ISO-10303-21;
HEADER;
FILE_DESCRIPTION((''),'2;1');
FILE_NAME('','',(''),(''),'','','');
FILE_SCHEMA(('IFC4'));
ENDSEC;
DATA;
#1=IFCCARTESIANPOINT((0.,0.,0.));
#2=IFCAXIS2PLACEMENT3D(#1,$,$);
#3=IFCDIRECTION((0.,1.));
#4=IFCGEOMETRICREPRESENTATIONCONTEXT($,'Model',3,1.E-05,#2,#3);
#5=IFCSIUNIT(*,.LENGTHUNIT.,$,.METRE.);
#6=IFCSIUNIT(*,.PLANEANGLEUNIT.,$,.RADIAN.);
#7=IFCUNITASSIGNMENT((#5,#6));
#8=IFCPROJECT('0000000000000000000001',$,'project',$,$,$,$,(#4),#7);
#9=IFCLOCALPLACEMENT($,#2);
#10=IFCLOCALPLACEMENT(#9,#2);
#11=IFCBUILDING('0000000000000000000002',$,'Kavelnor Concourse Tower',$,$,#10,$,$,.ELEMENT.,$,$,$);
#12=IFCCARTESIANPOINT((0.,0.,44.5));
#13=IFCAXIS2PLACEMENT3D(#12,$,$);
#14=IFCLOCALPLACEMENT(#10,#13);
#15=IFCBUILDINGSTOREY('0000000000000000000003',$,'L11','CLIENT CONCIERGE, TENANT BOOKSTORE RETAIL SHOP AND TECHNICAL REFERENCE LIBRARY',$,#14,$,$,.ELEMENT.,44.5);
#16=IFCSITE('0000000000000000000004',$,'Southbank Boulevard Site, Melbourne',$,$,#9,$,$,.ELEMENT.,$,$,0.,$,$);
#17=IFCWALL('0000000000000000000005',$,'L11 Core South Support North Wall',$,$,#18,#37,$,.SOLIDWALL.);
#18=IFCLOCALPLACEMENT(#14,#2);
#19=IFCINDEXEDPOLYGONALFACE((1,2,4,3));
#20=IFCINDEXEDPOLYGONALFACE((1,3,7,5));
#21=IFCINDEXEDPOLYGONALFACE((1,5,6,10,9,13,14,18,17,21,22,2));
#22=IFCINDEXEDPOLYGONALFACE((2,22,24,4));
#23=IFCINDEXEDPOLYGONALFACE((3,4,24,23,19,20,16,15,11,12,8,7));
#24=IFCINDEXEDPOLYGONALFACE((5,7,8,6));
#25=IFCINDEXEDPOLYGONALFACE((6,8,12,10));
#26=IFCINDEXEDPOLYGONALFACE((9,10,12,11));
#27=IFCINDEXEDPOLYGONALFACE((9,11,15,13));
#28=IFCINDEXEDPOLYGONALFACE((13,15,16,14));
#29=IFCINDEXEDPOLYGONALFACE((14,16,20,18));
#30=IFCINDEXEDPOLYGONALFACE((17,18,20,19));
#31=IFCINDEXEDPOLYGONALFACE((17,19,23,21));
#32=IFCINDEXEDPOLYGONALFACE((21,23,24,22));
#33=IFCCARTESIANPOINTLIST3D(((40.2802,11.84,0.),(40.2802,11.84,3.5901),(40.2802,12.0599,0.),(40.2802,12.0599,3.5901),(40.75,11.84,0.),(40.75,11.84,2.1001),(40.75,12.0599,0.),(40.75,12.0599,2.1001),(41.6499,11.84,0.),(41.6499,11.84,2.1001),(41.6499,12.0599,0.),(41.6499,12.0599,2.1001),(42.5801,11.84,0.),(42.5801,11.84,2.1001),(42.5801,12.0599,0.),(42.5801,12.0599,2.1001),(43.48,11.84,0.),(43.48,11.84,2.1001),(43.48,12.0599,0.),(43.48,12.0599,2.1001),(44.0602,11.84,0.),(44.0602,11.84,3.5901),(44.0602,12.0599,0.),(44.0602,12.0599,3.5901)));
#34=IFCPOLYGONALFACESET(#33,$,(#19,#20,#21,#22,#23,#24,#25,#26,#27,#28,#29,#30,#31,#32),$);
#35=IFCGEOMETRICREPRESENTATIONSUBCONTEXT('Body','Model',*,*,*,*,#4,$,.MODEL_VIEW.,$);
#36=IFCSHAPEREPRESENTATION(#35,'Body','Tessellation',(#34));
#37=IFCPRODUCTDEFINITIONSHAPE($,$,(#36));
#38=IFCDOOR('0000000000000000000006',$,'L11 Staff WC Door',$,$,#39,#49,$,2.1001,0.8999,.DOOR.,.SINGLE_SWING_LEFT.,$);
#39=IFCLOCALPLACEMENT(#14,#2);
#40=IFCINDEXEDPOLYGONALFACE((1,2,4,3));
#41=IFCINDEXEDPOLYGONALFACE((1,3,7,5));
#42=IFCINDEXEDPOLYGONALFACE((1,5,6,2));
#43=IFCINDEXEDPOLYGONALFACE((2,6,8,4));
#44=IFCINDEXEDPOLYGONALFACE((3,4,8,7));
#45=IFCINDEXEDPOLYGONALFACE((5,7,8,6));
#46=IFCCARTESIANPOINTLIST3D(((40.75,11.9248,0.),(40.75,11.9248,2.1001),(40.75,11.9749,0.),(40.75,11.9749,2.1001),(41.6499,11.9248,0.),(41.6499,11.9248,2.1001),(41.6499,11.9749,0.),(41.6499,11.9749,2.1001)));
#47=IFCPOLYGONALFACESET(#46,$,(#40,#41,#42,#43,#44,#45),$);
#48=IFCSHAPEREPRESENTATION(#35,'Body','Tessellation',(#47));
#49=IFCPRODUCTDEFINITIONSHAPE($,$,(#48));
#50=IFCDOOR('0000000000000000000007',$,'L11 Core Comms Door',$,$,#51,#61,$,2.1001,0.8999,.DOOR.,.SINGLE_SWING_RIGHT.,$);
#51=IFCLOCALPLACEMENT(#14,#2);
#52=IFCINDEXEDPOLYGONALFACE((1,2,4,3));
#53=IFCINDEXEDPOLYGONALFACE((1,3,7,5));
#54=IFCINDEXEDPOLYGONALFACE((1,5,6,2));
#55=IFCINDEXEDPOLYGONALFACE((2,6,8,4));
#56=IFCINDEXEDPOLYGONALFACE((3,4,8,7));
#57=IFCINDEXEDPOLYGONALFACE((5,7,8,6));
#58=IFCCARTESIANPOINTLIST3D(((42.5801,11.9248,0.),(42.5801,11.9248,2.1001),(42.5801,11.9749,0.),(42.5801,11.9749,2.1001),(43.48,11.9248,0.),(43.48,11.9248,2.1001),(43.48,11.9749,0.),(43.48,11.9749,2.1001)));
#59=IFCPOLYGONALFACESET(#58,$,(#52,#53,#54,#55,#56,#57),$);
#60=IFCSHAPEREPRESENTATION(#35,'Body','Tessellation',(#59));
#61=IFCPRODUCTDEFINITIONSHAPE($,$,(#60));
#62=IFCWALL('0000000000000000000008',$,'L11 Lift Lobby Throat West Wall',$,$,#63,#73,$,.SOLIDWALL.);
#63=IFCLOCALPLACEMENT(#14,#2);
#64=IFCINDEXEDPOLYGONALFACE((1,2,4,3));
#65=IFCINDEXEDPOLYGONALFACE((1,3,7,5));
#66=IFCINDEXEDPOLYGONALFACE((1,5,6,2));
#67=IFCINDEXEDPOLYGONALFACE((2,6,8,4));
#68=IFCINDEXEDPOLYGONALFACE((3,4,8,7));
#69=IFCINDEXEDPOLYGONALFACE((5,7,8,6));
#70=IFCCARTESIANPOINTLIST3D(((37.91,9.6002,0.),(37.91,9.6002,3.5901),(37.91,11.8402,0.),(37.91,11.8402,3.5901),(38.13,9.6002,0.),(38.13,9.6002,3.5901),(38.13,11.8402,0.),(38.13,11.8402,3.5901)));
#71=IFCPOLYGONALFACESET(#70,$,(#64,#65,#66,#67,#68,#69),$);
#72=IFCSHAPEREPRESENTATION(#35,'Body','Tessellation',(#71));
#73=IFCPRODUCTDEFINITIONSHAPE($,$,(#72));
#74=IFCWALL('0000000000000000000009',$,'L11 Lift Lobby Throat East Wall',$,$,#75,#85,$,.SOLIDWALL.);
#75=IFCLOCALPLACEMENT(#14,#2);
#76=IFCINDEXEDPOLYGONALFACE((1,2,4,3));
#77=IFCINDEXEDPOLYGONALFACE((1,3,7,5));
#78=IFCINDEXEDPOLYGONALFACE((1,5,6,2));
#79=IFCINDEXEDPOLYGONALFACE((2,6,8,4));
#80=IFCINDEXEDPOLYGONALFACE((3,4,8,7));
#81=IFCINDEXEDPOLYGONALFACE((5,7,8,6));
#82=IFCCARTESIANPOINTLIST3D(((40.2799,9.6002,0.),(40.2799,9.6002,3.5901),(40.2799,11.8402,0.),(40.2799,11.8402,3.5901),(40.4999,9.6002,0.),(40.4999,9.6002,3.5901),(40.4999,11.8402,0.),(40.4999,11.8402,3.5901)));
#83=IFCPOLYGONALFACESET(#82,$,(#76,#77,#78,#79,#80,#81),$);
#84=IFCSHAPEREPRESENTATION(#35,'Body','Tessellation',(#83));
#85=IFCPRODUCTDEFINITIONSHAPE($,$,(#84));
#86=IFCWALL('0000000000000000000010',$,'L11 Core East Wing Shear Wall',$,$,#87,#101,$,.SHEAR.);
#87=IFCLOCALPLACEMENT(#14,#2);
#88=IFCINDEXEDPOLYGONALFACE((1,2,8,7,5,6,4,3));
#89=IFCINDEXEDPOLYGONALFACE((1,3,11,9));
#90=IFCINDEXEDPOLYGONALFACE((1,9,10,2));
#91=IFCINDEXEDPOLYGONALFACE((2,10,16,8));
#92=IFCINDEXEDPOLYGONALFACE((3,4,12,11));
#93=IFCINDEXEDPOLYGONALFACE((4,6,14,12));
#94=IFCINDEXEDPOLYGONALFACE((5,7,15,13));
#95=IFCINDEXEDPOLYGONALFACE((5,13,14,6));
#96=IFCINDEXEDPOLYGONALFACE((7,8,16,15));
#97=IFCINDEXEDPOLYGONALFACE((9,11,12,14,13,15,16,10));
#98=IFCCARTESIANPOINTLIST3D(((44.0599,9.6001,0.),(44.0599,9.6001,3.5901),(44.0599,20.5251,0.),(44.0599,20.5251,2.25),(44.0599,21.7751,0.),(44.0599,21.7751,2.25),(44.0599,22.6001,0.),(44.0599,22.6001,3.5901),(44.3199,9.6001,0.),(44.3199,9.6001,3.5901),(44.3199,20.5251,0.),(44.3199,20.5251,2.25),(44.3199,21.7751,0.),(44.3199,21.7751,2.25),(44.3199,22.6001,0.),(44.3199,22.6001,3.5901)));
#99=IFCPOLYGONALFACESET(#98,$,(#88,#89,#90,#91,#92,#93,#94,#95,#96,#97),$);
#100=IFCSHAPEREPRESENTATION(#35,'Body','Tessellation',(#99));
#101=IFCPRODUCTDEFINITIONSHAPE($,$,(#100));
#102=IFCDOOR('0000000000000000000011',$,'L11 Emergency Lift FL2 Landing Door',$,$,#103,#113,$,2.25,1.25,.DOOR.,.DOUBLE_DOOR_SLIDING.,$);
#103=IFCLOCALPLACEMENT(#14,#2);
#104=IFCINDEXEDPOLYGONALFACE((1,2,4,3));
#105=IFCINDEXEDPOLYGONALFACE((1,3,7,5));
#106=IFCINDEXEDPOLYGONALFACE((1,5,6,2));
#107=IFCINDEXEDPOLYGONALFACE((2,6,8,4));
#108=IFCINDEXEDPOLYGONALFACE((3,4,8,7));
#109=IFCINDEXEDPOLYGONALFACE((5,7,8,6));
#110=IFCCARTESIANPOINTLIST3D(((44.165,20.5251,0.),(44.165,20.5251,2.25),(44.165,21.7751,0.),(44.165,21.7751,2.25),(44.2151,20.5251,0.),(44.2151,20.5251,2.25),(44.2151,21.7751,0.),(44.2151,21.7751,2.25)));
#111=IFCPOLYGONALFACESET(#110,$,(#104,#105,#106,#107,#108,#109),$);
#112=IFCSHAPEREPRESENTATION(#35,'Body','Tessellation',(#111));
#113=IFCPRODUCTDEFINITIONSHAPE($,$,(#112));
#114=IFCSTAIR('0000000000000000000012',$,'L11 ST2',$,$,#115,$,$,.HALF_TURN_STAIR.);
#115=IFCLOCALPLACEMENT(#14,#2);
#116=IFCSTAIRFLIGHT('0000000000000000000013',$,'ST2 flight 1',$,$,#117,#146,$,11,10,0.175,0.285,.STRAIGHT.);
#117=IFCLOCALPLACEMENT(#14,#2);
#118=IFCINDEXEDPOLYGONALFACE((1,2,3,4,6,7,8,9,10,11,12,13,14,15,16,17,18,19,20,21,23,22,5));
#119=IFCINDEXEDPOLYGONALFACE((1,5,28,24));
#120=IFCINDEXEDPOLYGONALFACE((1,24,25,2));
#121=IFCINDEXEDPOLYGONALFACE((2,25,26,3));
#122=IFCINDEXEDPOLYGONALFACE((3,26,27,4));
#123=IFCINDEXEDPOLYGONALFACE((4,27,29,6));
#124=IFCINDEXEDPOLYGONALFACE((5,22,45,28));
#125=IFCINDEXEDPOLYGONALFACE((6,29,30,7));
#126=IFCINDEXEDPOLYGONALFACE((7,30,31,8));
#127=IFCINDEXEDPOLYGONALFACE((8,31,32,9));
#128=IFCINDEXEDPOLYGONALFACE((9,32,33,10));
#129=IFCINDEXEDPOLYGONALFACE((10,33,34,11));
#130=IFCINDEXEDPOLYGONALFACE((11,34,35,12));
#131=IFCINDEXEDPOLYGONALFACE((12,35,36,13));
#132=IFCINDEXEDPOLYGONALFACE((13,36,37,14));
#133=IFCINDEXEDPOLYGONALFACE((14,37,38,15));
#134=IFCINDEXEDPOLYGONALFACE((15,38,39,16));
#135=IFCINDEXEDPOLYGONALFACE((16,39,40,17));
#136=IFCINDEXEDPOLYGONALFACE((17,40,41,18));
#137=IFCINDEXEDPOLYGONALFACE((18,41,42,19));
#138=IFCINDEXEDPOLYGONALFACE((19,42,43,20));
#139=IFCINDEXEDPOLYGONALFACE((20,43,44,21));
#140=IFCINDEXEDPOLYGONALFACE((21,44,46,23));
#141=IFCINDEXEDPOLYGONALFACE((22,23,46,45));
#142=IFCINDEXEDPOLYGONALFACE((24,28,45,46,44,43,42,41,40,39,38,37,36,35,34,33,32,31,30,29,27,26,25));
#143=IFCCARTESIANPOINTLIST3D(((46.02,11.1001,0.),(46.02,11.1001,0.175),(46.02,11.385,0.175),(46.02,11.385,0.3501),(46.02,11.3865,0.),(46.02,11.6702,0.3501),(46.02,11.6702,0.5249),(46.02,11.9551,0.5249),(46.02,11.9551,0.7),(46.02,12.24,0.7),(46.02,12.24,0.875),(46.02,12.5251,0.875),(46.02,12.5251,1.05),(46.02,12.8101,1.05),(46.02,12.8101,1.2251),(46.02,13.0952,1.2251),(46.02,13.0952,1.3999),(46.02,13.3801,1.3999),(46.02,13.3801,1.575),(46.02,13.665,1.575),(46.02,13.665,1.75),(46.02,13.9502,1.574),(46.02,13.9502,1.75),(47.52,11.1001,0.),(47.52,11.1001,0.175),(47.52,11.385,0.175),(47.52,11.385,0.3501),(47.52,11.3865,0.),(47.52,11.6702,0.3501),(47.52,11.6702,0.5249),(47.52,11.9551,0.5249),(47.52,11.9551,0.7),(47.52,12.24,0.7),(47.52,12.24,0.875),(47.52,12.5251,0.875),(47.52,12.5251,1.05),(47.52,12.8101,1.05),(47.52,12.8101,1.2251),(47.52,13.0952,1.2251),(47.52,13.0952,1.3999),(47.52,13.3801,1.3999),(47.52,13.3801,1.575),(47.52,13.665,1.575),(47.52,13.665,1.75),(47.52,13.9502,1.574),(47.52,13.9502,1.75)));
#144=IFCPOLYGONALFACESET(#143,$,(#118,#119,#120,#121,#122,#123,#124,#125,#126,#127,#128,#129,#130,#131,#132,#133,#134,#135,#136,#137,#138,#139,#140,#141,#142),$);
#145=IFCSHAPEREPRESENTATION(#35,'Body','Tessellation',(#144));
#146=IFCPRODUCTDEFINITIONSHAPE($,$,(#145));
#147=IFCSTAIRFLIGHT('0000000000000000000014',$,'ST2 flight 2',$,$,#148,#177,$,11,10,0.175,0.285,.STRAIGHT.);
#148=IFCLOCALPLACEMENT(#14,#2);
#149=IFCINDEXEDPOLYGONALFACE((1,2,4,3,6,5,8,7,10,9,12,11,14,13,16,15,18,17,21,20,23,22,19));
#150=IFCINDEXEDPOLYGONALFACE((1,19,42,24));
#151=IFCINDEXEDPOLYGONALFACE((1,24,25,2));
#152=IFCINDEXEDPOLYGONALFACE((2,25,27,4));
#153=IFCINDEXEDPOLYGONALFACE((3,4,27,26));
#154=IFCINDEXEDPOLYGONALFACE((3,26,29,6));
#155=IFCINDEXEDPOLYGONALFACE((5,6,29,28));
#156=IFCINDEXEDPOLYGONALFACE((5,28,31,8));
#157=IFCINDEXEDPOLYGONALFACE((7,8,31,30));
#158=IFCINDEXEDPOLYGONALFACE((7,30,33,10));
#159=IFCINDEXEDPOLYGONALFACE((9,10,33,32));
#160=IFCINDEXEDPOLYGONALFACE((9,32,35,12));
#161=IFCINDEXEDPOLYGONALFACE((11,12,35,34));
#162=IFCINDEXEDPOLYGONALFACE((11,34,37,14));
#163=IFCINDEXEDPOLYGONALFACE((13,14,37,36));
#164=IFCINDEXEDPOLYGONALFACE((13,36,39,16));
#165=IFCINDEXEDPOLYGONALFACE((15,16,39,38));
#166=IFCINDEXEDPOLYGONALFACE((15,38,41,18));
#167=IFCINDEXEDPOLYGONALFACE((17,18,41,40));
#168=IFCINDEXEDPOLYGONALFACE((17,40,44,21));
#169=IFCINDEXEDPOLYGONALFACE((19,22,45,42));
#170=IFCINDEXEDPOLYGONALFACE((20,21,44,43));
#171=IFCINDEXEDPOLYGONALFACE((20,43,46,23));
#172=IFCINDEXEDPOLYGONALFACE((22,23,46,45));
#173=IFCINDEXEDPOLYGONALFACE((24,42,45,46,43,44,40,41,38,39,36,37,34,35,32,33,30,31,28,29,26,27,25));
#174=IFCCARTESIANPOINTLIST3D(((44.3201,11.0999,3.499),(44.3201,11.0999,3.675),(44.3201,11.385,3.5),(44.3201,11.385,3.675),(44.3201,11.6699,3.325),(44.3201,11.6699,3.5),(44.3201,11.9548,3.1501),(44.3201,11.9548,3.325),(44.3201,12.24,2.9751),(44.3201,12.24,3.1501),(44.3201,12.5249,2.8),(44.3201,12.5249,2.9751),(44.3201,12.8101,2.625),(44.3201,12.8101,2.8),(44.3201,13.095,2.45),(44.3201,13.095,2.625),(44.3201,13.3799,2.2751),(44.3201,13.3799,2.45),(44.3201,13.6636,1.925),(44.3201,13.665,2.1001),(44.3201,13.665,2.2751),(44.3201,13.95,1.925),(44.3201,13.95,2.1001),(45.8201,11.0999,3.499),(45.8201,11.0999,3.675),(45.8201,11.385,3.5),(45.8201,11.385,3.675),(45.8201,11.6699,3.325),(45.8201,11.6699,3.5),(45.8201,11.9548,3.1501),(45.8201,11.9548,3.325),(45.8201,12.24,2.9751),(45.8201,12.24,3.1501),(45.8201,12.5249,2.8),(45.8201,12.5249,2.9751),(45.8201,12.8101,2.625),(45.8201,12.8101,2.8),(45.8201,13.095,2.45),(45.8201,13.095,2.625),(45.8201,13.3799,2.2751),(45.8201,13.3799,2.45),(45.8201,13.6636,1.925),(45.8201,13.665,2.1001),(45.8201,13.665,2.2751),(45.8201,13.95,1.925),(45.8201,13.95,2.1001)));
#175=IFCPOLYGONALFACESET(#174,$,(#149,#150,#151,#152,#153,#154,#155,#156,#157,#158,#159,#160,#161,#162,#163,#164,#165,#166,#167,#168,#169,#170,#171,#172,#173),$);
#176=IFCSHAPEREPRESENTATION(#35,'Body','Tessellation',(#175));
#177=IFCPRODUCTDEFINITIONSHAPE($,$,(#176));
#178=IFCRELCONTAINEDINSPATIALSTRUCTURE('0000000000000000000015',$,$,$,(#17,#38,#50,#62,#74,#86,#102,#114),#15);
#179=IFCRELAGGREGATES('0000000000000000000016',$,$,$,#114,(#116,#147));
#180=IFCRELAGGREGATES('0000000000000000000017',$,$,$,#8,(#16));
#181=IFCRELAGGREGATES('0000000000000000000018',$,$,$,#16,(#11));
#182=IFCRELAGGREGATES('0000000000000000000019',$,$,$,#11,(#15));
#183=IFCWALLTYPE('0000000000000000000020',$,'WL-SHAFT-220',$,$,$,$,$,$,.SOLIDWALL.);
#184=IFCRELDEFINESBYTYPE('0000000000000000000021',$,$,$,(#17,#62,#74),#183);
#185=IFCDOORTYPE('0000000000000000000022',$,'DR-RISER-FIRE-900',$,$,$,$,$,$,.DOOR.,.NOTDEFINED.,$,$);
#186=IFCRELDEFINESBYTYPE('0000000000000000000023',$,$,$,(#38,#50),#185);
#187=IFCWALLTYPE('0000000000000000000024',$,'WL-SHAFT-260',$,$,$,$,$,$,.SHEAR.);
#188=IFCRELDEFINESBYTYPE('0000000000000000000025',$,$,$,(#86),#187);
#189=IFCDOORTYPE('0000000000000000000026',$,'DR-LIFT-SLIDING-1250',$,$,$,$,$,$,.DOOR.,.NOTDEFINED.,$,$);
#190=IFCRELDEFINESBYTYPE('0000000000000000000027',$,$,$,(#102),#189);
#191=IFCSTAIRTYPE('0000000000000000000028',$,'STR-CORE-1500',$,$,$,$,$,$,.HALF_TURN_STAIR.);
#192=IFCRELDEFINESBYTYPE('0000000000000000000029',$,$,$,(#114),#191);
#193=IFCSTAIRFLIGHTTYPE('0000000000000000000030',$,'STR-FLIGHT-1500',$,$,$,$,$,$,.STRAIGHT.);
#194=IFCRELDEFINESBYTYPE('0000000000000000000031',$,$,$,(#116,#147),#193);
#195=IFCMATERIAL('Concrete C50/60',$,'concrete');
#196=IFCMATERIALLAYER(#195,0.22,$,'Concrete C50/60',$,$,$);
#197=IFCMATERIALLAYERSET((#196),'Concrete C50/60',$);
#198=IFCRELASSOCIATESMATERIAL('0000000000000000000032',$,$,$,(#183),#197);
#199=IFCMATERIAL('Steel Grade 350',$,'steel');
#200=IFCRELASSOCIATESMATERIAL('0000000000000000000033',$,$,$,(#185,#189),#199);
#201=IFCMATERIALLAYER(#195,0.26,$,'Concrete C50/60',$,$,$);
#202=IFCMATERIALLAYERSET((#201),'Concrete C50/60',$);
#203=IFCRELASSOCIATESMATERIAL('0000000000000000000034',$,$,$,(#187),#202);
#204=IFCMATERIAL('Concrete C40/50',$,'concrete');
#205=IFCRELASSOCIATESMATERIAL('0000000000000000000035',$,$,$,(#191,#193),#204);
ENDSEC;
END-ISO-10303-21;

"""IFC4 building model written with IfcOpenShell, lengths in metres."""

from ifc_helpers import new_model, si_unit, direction, frame, frame_2d, origin, place, context, subcontext, project, spatial, polyline, rectangle, outline, extrude, material, layer, layer_set, type_object, element, fill, aggregate, save


model = new_model("IFC4")

# Units and contexts
model_context = context("Model", 3, precision=1e-05, world=origin(), true_north=direction((0.0, 1.0)))
body_context = subcontext(model_context, "Body", "Model", "MODEL_VIEW")
ifc_project = project(units=[si_unit("LENGTHUNIT", "METRE"), si_unit("PLANEANGLEUNIT", "RADIAN")], contexts=[model_context])

# Site, building, storey
site_placement = place(None, origin())
site = spatial("IfcSite", under=ifc_project, at=site_placement, Name="Southbank Boulevard Site, Melbourne", CompositionType="ELEMENT", RefElevation=0.0)
building_placement = place(site_placement, origin())
building = spatial("IfcBuilding", under=site, at=building_placement, Name="Kavelnor Concourse Tower", CompositionType="ELEMENT")
storey_placement = place(building_placement, frame((0.0, 0.0, 44.5)))
storey = spatial("IfcBuildingStorey", under=building, at=storey_placement, Name="L11", Description="CLIENT CONCIERGE, TENANT BOOKSTORE RETAIL SHOP AND TECHNICAL REFERENCE LIBRARY", CompositionType="ELEMENT", Elevation=44.5)

# Shared definitions
ifc_material_1 = material(Name="Steel Grade 350", Category="steel")

# Wall, openings, doors
ifc_material_2 = material(Name="Concrete C50/60", Category="concrete")
ifc_layer_1 = layer(ifc_material_2, 0.22, Name="Concrete C50/60")
ifc_layer_set_1 = layer_set([ifc_layer_1], Name="Concrete C50/60")
wall_type_1 = type_object("IfcWallType", Name="WL-SHAFT-220", PredefinedType="SOLIDWALL", material=ifc_layer_set_1)
wall_1_placement = place(storey_placement, frame((40.28, 11.95, 0.0), z_axis=(0.0, 0.0, 1.0), x_axis=(1.0, 0.0, 0.0)))
wall_1 = element("IfcWall", 1, at=wall_1_placement, inside=storey, type_object=wall_type_1, Name="L11 Core South Support North Wall", PredefinedType="SOLIDWALL", context=body_context, shape_type="SweptSolid", body=[
    extrude(rectangle(XDim=3.78, YDim=0.22, at=frame_2d((1.8901, 0.0))), origin(), (0.0, 0.0, 1.0), 3.5901),
])
opening_1_placement = place(wall_1_placement, frame((0.47, 0.0, 0.0)))
opening_1 = element("IfcOpeningElement", 2, at=opening_1_placement, cuts=wall_1, PredefinedType="OPENING", context=body_context, shape_type="SweptSolid", body=[
    extrude(rectangle(XDim=0.8999, YDim=2.1001, at=frame_2d((0.45, 1.05))), frame((0.0, 0.1201, 0.0), z_axis=(0.0, -1.0, 0.0), x_axis=(1.0, 0.0, 0.0)), (0.0, 0.0, 1.0), 0.24),
])
opening_2_placement = place(wall_1_placement, frame((2.3, 0.0, 0.0)))
opening_2 = element("IfcOpeningElement", 3, at=opening_2_placement, cuts=wall_1, PredefinedType="OPENING", context=body_context, shape_type="SweptSolid", body=[
    extrude(rectangle(XDim=0.8999, YDim=2.1001, at=frame_2d((0.45, 1.05))), frame((0.0, 0.1201, 0.0), z_axis=(0.0, -1.0, 0.0), x_axis=(1.0, 0.0, 0.0)), (0.0, 0.0, 1.0), 0.24),
])
door_type_1 = type_object("IfcDoorType", Name="DR-RISER-FIRE-900", OperationType="NOTDEFINED", PredefinedType="DOOR", material=ifc_material_1)
door_1_placement = place(opening_1_placement, origin())
door_1 = element("IfcDoor", 4, at=door_1_placement, inside=storey, type_object=door_type_1, Name="L11 Staff WC Door", OperationType="SINGLE_SWING_LEFT", OverallHeight=2.1001, OverallWidth=0.8999, PredefinedType="DOOR", context=body_context, shape_type="SweptSolid", body=[
    extrude(rectangle(XDim=0.8999, YDim=2.1001, at=frame_2d((0.45, 1.05))), frame((0.0, 0.0249, 0.0), z_axis=(0.0, -1.0, 0.0), x_axis=(1.0, 0.0, 0.0)), (0.0, 0.0, 1.0), 0.05),
])
fill(opening_1, door_1)
door_2_placement = place(opening_2_placement, origin())
door_2 = element("IfcDoor", 5, at=door_2_placement, inside=storey, type_object=door_type_1, Name="L11 Core Comms Door", OperationType="SINGLE_SWING_RIGHT", OverallHeight=2.1001, OverallWidth=0.8999, PredefinedType="DOOR", context=body_context, shape_type="SweptSolid", body=[
    extrude(rectangle(XDim=0.8999, YDim=2.1001, at=frame_2d((0.45, 1.05))), frame((0.0, 0.0249, 0.0), z_axis=(0.0, -1.0, 0.0), x_axis=(1.0, 0.0, 0.0)), (0.0, 0.0, 1.0), 0.05),
])
fill(opening_2, door_2)

# Walls
for number, where, z_axis, x_axis, name in (
    (6, (38.02, 9.6001, 0.0), (0.0, 0.0, 1.0), (0.0, 1.0, 0.0), "L11 Lift Lobby Throat West Wall"),
    (7, (40.3899, 9.6001, 0.0), (0.0, 0.0, 1.0), (0.0, 1.0, 0.0), "L11 Lift Lobby Throat East Wall"),
):
    element("IfcWall", number, at=place(storey_placement, frame(where, z_axis=z_axis, x_axis=x_axis)), inside=storey, type_object=wall_type_1, Name=name, PredefinedType="SOLIDWALL", context=body_context, shape_type="SweptSolid", body=[
        extrude(rectangle(XDim=2.24, YDim=0.22, at=frame_2d((1.1201, 0.0))), origin(), (0.0, 0.0, 1.0), 3.5901),
    ])

# Wall, opening, door
ifc_layer_2 = layer(ifc_material_2, 0.26, Name="Concrete C50/60")
ifc_layer_set_2 = layer_set([ifc_layer_2], Name="Concrete C50/60")
wall_type_2 = type_object("IfcWallType", Name="WL-SHAFT-260", PredefinedType="SHEAR", material=ifc_layer_set_2)
wall_2_placement = place(storey_placement, frame((44.1899, 9.6001, 0.0), z_axis=(0.0, 0.0, 1.0), x_axis=(0.0, 1.0, 0.0)))
wall_2 = element("IfcWall", 8, at=wall_2_placement, inside=storey, type_object=wall_type_2, Name="L11 Core East Wing Shear Wall", PredefinedType="SHEAR", context=body_context, shape_type="SweptSolid", body=[
    extrude(rectangle(XDim=13.0, YDim=0.26, at=frame_2d((6.5, 0.0))), origin(), (0.0, 0.0, 1.0), 3.5901),
])
opening_3_placement = place(wall_2_placement, frame((10.925, 0.0, 0.0)))
opening_3 = element("IfcOpeningElement", 9, at=opening_3_placement, cuts=wall_2, PredefinedType="OPENING", context=body_context, shape_type="SweptSolid", body=[
    extrude(rectangle(XDim=1.25, YDim=2.25, at=frame_2d((0.625, 1.125))), frame((0.0, 0.1401, 0.0), z_axis=(0.0, -1.0, 0.0), x_axis=(1.0, 0.0, 0.0)), (0.0, 0.0, 1.0), 0.28),
])
door_type_2 = type_object("IfcDoorType", Name="DR-LIFT-SLIDING-1250", OperationType="NOTDEFINED", PredefinedType="DOOR", material=ifc_material_1)
door_3_placement = place(opening_3_placement, origin())
door_3 = element("IfcDoor", 10, at=door_3_placement, inside=storey, type_object=door_type_2, Name="L11 Emergency Lift FL2 Landing Door", OperationType="DOUBLE_DOOR_SLIDING", OverallHeight=2.25, OverallWidth=1.25, PredefinedType="DOOR", context=body_context, shape_type="SweptSolid", body=[
    extrude(rectangle(XDim=1.25, YDim=2.25, at=frame_2d((0.625, 1.125))), frame((0.0, 0.0249, 0.0), z_axis=(0.0, -1.0, 0.0), x_axis=(1.0, 0.0, 0.0)), (0.0, 0.0, 1.0), 0.05),
])
fill(opening_3, door_3)

# Stair, stair flights
ifc_material_3 = material(Name="Concrete C40/50", Category="concrete")
stair_type = type_object("IfcStairType", Name="STR-CORE-1500", PredefinedType="HALF_TURN_STAIR", material=ifc_material_3)
stair_placement = place(storey_placement, origin())
stair = element("IfcStair", 11, at=stair_placement, inside=storey, type_object=stair_type, Name="L11 ST2", PredefinedType="HALF_TURN_STAIR")
stair_flight_type = type_object("IfcStairFlightType", Name="STR-FLIGHT-1500", PredefinedType="STRAIGHT", material=ifc_material_3)
stair_flight_1_placement = place(storey_placement, frame((46.77, 11.1001, 0.0), z_axis=(0.0, 0.0, 1.0), x_axis=(0.0, 1.0, 0.0)))
stair_flight_1 = element("IfcStairFlight", 12, at=stair_flight_1_placement, type_object=stair_flight_type, Name="ST2 flight 1", NumberOfRisers=11, NumberOfTreads=10, PredefinedType="STRAIGHT", RiserHeight=0.175, TreadLength=0.285, context=body_context, shape_type="SweptSolid", body=[
    extrude(outline(polyline([(0.0, 0.0), (0.0, 0.175), (0.2849, 0.175), (0.2849, 0.3501), (0.5701, 0.3501), (0.5701, 0.5249), (0.855, 0.5249), (0.855, 0.7), (1.1399, 0.7), (1.1399, 0.875), (1.425, 0.875), (1.425, 1.05), (1.71, 1.05), (1.71, 1.2251), (1.9951, 1.2251), (1.9951, 1.3999), (2.28, 1.3999), (2.28, 1.575), (2.5649, 1.575), (2.5649, 1.75), (2.8501, 1.75), (2.8501, 1.925), (2.8501, 1.574), (0.2864, 0.0), (0.0, 0.0)])), frame((0.0, 0.75, 0.0), z_axis=(0.0, -1.0, 0.0), x_axis=(1.0, 0.0, 0.0)), (0.0, 0.0, 1.0), 1.5),
])
stair_flight_2_placement = place(storey_placement, frame((45.0701, 13.95, 1.925), z_axis=(0.0, 0.0, 1.0), x_axis=(0.0, -1.0, 0.0)))
stair_flight_2 = element("IfcStairFlight", 13, at=stair_flight_2_placement, type_object=stair_flight_type, Name="ST2 flight 2", NumberOfRisers=11, NumberOfTreads=10, PredefinedType="STRAIGHT", RiserHeight=0.175, TreadLength=0.285, context=body_context, shape_type="SweptSolid", body=[
    extrude(outline(polyline([(0.0, 0.0), (0.0, 0.175), (0.2849, 0.175), (0.2849, 0.3501), (0.5701, 0.3501), (0.5701, 0.5249), (0.855, 0.5249), (0.855, 0.7), (1.1399, 0.7), (1.1399, 0.875), (1.425, 0.875), (1.425, 1.05), (1.71, 1.05), (1.71, 1.2251), (1.9951, 1.2251), (1.9951, 1.3999), (2.28, 1.3999), (2.28, 1.575), (2.5649, 1.575), (2.5649, 1.75), (2.8501, 1.75), (2.8501, 1.925), (2.8501, 1.574), (0.2864, 0.0), (0.0, 0.0)])), frame((0.0, 0.75, 0.0), z_axis=(0.0, -1.0, 0.0), x_axis=(1.0, 0.0, 0.0)), (0.0, 0.0, 1.0), 1.5),
])
aggregate(stair, [stair_flight_1, stair_flight_2])

save(model, "model.ifc")
